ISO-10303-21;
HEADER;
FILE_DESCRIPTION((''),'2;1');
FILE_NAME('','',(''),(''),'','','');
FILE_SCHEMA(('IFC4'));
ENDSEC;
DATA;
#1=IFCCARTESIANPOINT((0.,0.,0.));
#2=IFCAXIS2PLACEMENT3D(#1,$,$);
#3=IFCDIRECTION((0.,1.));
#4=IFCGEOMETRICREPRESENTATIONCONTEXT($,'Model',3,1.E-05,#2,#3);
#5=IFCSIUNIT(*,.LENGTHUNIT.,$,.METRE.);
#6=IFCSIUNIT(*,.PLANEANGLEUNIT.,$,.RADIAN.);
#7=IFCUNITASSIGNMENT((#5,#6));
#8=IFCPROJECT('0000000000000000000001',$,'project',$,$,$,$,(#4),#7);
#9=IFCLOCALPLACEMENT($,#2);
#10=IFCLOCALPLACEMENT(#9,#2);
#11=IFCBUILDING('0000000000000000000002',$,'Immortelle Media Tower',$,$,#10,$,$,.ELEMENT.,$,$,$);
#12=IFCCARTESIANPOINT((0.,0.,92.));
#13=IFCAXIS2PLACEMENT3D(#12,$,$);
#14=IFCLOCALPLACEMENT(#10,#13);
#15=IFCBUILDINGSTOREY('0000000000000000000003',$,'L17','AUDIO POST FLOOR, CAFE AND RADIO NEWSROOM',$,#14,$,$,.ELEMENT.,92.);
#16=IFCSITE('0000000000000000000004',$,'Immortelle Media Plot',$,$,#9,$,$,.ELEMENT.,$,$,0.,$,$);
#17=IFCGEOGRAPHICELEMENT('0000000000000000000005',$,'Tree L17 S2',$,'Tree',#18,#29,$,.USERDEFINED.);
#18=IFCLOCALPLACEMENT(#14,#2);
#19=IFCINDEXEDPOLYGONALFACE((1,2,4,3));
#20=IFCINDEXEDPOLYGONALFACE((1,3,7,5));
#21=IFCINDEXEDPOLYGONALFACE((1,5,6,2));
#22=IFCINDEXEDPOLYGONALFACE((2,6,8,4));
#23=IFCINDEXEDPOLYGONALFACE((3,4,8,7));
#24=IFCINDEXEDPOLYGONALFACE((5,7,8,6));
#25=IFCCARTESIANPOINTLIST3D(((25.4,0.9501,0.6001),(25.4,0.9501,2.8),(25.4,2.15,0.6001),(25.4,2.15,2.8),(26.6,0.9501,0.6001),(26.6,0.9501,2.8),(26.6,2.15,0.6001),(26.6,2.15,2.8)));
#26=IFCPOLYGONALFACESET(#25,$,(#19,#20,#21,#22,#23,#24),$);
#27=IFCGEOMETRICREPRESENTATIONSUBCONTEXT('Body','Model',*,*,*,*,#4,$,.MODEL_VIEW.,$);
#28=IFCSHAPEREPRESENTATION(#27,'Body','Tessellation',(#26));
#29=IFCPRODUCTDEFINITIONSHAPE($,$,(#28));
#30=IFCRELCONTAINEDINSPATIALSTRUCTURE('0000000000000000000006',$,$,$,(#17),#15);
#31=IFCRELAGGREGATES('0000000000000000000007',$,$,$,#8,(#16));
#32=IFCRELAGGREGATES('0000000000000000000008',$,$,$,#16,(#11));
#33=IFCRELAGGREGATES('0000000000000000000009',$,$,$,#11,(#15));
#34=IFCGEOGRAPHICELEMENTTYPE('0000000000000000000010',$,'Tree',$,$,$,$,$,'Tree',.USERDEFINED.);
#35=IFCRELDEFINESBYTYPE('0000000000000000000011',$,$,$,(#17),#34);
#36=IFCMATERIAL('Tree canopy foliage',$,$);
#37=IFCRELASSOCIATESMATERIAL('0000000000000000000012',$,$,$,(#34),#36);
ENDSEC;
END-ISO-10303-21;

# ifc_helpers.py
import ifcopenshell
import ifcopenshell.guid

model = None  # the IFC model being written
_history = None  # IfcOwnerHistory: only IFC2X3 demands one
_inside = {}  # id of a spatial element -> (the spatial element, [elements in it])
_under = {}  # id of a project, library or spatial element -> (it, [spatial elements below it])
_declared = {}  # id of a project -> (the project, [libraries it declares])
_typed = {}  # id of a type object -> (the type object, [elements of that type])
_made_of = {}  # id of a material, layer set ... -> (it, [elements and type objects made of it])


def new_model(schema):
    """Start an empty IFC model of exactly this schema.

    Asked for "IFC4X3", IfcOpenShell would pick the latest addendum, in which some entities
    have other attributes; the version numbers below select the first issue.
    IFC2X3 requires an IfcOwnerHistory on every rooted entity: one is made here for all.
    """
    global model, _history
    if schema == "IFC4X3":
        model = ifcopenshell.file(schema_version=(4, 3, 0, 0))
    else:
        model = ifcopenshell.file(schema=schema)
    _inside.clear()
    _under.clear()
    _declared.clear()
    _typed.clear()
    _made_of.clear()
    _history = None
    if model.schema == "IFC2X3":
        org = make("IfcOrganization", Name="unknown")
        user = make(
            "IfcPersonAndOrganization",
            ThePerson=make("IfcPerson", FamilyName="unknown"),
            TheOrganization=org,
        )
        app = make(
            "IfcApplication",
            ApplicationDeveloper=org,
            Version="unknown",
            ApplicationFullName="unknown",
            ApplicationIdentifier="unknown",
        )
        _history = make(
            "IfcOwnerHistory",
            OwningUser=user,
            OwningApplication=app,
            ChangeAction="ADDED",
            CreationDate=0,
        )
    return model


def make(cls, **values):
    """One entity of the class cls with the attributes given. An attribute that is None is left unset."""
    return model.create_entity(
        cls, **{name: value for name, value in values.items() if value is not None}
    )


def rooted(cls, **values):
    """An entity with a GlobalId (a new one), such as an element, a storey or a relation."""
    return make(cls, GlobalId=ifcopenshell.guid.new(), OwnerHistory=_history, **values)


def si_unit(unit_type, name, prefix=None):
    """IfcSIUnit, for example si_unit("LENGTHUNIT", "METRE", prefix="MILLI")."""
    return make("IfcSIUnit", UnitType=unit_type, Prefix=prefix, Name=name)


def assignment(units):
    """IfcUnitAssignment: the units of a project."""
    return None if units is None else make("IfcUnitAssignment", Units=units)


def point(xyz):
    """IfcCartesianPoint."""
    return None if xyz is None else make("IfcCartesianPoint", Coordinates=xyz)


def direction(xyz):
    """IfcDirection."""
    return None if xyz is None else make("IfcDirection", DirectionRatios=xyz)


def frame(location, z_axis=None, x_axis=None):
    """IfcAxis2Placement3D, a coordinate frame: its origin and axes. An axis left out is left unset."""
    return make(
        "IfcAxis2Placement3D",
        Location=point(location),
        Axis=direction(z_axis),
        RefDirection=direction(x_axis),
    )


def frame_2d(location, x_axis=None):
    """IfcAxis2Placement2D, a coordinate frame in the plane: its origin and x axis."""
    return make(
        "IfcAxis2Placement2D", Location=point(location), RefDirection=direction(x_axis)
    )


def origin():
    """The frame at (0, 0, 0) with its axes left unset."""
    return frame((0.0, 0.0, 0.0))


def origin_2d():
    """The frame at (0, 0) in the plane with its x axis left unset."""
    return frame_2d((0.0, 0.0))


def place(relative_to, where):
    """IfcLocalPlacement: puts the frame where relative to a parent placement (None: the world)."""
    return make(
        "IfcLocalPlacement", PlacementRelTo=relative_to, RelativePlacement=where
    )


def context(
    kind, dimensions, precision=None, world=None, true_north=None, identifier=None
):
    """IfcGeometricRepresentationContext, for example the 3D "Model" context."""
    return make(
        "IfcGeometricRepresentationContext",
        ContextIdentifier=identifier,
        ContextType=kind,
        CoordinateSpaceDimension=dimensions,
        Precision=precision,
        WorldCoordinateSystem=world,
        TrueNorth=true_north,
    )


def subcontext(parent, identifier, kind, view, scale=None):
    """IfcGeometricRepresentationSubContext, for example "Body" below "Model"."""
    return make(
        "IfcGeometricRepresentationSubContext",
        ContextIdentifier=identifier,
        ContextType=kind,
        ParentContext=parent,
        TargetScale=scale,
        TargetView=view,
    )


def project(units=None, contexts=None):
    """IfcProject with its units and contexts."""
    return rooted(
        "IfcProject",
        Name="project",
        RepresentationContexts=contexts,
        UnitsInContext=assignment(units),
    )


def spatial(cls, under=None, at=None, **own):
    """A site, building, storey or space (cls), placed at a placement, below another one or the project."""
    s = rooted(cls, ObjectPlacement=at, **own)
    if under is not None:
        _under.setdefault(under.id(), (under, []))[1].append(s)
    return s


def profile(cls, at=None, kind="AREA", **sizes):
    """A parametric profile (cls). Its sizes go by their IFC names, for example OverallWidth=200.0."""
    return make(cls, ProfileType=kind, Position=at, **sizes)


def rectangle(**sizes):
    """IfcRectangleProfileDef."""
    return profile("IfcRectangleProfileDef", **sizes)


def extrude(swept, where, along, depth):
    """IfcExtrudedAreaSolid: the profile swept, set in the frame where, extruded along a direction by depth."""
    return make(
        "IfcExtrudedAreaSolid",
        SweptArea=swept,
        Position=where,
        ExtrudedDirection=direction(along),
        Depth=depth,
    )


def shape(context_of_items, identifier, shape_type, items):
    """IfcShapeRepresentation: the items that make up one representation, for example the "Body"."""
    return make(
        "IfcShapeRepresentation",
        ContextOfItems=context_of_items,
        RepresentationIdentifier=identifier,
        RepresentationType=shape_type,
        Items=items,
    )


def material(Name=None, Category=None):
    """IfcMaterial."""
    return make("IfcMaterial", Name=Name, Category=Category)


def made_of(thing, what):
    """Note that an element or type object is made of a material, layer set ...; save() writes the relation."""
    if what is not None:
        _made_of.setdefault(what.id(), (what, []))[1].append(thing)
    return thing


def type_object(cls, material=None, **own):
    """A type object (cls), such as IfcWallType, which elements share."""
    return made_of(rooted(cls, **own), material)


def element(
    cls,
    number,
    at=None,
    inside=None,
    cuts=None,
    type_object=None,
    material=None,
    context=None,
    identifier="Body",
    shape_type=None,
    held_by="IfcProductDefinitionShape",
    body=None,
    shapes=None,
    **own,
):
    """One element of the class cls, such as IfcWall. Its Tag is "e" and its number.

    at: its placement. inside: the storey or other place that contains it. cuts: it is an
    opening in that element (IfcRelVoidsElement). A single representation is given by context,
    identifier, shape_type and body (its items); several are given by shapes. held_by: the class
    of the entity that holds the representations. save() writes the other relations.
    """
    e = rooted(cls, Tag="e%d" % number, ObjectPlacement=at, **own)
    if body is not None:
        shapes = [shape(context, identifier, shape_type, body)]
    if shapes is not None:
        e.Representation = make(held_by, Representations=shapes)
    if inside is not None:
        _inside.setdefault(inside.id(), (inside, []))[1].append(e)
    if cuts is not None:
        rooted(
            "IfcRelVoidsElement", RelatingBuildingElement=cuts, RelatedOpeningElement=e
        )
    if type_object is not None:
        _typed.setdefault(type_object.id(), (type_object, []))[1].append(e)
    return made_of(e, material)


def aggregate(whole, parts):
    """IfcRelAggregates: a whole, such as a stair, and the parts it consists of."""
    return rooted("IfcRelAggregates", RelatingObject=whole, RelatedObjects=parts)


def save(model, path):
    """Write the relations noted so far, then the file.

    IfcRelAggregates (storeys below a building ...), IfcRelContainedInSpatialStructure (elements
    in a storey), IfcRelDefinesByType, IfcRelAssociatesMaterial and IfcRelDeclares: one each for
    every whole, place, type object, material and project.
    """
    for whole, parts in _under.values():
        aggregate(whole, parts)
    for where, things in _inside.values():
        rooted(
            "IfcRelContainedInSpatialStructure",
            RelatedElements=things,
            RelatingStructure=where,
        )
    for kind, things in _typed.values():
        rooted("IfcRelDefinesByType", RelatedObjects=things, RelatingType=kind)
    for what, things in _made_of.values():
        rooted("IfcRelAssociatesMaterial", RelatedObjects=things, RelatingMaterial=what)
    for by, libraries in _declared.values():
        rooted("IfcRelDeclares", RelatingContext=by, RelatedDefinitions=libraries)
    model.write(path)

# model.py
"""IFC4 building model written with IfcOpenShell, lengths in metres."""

from ifc_helpers import new_model, si_unit, direction, frame, origin, origin_2d, place, context, subcontext, project, spatial, rectangle, extrude, material, type_object, element, save


model = new_model("IFC4")

# Units and contexts
model_context = context("Model", 3, precision=1e-05, world=origin(), true_north=direction((0.0, 1.0)))
body_context = subcontext(model_context, "Body", "Model", "MODEL_VIEW")
ifc_project = project(units=[si_unit("LENGTHUNIT", "METRE"), si_unit("PLANEANGLEUNIT", "RADIAN")], contexts=[model_context])

# Site, building, storey
site_placement = place(None, origin())
site = spatial("IfcSite", under=ifc_project, at=site_placement, Name="Immortelle Media Plot", CompositionType="ELEMENT", RefElevation=0.0)
building_placement = place(site_placement, origin())
building = spatial("IfcBuilding", under=site, at=building_placement, Name="Immortelle Media Tower", CompositionType="ELEMENT")
storey_placement = place(building_placement, frame((0.0, 0.0, 92.0)))
storey = spatial("IfcBuildingStorey", under=building, at=storey_placement, Name="L17", Description="AUDIO POST FLOOR, CAFE AND RADIO NEWSROOM", CompositionType="ELEMENT", Elevation=92.0)

# Geographic element
ifc_material_1 = material(Name="Tree canopy foliage")
geographic_element_type = type_object("IfcGeographicElementType", Name="Tree", ElementType="Tree", PredefinedType="USERDEFINED", material=ifc_material_1)
geographic_element_placement = place(storey_placement, frame((26.0, 1.55, 0.6001), z_axis=(0.0, 0.0, 1.0), x_axis=(1.0, 0.0, 0.0)))
element("IfcGeographicElement", 1, at=geographic_element_placement, inside=storey, type_object=geographic_element_type, Name="Tree L17 S2", ObjectType="Tree", PredefinedType="USERDEFINED", context=body_context, shape_type="SweptSolid", body=[
    extrude(rectangle(XDim=1.2, YDim=1.2, at=origin_2d()), origin(), (0.0, 0.0, 1.0), 2.2),
])

save(model, "model.ifc")
